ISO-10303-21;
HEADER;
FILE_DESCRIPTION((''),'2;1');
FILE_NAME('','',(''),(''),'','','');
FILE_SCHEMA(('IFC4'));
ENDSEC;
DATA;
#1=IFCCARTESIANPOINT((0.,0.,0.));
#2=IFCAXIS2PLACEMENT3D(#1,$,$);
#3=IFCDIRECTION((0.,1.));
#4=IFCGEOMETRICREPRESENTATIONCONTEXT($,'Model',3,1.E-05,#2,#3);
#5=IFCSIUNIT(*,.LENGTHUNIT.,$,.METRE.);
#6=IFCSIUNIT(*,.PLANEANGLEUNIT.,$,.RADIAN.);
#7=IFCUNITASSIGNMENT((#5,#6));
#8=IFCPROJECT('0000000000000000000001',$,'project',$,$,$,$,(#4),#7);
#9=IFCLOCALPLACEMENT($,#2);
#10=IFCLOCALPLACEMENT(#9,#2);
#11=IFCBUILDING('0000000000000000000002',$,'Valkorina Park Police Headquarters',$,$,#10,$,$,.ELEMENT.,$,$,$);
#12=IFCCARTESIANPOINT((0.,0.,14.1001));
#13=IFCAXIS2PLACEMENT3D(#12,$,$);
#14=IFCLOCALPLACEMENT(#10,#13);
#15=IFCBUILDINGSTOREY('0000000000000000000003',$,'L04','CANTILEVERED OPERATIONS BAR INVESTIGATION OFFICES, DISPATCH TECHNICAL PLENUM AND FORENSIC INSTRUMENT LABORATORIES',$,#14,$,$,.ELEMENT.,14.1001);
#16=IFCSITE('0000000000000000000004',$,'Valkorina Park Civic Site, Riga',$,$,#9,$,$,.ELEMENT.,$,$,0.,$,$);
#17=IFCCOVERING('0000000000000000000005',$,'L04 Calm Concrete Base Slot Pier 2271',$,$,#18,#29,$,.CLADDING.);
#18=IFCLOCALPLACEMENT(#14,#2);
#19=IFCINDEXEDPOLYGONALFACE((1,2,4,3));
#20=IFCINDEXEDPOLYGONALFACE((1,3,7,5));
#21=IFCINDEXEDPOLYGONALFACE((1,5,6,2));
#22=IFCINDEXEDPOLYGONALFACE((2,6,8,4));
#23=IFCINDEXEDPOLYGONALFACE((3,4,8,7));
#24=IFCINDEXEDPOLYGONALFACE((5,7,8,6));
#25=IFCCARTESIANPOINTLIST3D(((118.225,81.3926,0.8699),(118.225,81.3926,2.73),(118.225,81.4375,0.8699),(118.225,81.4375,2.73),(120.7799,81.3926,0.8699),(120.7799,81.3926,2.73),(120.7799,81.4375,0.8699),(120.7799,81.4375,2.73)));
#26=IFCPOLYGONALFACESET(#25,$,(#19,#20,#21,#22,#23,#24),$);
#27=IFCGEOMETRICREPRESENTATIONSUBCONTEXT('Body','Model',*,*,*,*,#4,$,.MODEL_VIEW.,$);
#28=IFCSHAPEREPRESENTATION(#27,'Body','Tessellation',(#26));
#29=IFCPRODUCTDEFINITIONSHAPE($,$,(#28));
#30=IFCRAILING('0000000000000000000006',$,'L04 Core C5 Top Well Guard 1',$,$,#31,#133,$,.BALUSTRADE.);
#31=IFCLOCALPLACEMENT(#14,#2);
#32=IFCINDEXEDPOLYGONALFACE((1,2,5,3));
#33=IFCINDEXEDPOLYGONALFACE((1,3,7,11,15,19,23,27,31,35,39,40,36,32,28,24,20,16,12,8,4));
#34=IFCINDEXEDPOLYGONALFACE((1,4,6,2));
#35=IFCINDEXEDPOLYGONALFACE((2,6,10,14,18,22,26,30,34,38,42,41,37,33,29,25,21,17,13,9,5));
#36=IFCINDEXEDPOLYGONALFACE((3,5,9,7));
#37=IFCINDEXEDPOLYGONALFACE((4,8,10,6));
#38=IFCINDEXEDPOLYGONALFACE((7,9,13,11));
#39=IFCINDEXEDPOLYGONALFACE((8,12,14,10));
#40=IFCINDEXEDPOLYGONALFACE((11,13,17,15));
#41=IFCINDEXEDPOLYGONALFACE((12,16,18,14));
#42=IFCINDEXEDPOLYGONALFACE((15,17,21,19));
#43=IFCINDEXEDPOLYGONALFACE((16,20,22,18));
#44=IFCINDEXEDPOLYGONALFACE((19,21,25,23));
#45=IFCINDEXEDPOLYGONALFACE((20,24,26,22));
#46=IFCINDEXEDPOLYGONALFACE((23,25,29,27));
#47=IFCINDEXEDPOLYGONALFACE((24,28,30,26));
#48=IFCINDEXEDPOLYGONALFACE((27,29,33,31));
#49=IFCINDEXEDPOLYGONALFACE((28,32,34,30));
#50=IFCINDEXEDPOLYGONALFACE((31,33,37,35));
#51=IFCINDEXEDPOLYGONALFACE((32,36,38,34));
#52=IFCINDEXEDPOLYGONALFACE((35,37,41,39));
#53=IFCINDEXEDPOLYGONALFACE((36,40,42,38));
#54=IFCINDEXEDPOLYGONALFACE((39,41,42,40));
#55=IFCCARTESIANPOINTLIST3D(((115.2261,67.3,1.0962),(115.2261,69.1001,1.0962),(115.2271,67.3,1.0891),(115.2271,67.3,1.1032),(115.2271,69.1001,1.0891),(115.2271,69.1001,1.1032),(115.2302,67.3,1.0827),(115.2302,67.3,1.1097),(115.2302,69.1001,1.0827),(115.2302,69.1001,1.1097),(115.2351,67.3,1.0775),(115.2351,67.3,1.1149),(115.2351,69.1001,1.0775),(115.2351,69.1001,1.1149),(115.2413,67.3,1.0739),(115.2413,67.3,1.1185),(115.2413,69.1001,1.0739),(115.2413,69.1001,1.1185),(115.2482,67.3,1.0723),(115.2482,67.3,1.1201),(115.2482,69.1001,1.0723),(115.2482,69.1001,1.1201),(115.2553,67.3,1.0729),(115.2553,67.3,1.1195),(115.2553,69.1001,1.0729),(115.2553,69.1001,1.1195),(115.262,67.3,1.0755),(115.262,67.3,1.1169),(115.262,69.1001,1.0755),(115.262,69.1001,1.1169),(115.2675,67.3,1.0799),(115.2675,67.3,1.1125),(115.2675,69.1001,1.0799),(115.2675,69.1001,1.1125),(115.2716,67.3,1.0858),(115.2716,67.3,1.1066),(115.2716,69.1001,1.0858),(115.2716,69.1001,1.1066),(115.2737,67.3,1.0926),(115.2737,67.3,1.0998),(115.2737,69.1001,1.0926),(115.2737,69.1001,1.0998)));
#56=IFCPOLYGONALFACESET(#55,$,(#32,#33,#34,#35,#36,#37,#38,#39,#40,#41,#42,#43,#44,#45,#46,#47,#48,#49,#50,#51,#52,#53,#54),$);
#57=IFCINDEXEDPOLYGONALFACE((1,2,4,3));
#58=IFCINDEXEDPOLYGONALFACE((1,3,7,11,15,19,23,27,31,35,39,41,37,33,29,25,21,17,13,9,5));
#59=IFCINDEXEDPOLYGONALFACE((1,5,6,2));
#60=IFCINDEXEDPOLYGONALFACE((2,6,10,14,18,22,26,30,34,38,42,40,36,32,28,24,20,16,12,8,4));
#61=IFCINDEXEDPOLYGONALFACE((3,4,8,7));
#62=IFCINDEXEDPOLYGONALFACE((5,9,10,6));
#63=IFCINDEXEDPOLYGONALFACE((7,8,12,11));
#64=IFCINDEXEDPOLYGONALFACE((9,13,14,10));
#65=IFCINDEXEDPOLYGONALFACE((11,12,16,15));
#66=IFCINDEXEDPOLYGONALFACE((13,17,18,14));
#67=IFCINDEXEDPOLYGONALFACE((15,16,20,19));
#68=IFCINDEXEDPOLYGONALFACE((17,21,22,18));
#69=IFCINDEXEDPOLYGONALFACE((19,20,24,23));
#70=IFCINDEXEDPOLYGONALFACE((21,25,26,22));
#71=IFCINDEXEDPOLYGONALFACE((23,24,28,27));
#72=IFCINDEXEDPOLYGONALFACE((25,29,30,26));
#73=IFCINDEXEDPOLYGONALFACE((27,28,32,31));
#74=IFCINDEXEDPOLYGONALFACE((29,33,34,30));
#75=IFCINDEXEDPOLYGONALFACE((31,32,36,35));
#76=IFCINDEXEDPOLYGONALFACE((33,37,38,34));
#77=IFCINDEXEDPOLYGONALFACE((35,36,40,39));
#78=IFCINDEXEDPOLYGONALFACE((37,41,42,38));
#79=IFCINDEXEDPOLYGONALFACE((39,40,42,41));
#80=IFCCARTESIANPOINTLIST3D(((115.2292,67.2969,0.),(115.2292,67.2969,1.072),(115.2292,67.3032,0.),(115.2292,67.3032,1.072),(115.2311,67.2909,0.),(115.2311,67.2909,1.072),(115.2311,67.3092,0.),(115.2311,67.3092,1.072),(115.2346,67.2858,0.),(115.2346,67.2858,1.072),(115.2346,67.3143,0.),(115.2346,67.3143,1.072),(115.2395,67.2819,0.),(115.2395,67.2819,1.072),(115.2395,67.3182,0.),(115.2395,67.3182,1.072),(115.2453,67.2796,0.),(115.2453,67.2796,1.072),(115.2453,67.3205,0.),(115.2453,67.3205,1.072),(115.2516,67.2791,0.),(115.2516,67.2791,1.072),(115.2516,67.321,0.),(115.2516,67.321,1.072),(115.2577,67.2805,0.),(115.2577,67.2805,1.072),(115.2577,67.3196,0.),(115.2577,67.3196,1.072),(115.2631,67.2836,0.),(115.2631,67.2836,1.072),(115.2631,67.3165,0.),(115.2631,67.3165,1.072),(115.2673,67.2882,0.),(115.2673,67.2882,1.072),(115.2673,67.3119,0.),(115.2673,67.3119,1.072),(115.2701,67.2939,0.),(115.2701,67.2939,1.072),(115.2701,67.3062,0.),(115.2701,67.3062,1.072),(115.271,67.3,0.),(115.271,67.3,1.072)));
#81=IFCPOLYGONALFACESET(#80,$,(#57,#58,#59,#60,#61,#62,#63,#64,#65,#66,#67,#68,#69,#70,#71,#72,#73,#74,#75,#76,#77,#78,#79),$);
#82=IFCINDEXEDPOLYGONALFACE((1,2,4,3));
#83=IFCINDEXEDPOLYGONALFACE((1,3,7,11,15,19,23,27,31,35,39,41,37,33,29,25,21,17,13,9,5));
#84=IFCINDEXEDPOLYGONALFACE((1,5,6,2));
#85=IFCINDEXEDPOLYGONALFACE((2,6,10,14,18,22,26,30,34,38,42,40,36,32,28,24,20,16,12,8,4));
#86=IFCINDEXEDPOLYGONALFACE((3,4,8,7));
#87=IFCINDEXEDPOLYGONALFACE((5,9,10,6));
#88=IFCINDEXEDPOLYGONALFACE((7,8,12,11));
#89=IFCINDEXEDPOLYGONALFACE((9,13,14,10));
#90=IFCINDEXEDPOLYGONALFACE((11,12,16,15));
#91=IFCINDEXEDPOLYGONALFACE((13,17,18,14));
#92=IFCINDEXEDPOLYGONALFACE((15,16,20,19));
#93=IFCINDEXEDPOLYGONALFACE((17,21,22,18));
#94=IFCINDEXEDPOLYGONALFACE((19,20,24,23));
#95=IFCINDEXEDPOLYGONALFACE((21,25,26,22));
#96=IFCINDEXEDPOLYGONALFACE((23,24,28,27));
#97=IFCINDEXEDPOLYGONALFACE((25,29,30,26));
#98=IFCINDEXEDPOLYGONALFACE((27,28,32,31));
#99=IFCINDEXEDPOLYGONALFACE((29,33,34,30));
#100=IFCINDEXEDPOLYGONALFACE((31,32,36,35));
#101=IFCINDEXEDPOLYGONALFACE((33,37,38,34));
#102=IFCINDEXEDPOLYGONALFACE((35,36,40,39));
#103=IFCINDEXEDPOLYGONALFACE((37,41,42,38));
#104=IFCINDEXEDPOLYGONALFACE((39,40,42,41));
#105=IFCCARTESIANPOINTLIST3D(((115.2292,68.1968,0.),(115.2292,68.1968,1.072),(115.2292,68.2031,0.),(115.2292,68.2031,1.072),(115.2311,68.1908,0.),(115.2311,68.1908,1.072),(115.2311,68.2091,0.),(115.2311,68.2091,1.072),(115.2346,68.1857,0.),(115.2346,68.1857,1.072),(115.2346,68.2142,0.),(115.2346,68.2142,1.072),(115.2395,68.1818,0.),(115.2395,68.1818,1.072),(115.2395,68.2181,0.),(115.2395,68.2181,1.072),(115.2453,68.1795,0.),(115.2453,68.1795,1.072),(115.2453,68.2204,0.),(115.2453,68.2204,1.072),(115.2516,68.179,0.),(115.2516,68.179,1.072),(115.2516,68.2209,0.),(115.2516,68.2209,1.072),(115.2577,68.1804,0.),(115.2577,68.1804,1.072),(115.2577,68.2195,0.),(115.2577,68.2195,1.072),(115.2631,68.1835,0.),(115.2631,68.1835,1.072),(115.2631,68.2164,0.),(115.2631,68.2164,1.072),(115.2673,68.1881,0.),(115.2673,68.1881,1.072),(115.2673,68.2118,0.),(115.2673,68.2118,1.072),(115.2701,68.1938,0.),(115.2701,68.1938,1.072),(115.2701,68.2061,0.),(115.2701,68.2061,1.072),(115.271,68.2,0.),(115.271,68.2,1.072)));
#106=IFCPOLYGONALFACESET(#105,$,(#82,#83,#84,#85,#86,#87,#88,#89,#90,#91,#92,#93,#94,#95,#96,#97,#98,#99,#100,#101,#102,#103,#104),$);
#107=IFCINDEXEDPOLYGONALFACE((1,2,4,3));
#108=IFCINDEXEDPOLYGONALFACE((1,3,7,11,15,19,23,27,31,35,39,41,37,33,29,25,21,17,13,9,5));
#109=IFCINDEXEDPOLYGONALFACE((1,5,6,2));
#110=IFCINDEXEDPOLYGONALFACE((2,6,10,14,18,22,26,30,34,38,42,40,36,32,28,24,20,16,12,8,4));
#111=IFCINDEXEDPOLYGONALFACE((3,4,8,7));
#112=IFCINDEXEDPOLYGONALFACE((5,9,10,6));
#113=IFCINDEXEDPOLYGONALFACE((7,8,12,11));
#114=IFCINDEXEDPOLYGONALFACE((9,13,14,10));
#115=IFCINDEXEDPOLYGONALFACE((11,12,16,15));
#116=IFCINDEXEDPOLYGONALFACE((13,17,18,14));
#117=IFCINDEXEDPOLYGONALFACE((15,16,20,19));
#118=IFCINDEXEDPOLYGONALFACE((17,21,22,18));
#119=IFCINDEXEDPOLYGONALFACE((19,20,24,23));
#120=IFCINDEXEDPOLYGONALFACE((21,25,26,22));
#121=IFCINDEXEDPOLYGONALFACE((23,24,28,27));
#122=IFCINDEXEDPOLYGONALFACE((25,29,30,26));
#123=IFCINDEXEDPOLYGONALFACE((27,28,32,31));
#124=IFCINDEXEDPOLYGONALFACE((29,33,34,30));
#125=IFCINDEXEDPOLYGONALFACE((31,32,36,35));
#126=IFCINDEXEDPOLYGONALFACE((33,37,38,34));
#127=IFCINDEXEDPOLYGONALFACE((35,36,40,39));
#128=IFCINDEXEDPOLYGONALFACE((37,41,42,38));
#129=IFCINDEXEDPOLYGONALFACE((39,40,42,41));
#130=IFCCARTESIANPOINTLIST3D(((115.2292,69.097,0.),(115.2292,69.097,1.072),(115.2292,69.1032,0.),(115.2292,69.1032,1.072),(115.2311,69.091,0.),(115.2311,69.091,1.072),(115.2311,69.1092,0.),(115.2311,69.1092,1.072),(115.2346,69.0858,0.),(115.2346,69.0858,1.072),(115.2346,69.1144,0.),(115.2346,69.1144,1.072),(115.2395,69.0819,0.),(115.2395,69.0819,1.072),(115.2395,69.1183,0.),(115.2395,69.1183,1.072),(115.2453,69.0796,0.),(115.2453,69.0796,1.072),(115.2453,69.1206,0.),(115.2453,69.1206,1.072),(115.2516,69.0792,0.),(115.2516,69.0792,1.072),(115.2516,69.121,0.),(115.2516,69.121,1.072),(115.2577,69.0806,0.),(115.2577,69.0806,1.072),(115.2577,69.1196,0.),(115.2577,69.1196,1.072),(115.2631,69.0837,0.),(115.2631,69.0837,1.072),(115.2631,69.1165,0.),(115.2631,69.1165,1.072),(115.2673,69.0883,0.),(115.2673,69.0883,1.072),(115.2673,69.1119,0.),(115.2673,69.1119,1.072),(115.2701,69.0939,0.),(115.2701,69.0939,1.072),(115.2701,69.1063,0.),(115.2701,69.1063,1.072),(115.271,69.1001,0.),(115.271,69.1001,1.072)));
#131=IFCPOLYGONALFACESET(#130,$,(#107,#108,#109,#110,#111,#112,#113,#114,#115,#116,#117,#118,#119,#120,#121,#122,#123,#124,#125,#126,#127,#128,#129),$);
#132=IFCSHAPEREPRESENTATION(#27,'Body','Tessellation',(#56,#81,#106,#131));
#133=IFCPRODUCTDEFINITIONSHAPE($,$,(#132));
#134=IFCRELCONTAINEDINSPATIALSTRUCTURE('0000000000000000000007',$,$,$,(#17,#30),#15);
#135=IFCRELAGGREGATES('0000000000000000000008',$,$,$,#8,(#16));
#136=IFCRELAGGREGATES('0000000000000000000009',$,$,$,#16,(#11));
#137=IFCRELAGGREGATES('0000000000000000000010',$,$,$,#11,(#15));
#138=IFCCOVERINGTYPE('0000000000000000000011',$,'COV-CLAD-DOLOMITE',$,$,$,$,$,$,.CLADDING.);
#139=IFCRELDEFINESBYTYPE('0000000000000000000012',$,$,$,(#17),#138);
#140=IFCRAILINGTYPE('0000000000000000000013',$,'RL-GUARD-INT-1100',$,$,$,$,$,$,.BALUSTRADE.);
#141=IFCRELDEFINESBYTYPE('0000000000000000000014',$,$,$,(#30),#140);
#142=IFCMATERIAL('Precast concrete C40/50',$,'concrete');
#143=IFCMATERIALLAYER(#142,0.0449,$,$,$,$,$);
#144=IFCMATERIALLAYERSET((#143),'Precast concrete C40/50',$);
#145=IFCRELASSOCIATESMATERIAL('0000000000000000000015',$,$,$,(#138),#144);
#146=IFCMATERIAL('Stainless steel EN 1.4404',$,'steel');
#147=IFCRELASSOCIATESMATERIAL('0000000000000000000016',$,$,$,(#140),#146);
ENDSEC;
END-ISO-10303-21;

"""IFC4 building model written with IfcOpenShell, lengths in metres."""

from ifc_helpers import new_model, si_unit, direction, frame, frame_2d, origin, origin_2d, place, context, subcontext, project, spatial, rectangle, circle, extrude, material, layer, layer_set, type_object, element, save


model = new_model("IFC4")

# Units and contexts
model_context = context("Model", 3, precision=1e-05, world=origin(), true_north=direction((0.0, 1.0)))
body_context = subcontext(model_context, "Body", "Model", "MODEL_VIEW")
ifc_project = project(units=[si_unit("LENGTHUNIT", "METRE"), si_unit("PLANEANGLEUNIT", "RADIAN")], contexts=[model_context])

# Site, building, storey
site_placement = place(None, origin())
site = spatial("IfcSite", under=ifc_project, at=site_placement, Name="Valkorina Park Civic Site, Riga", CompositionType="ELEMENT", RefElevation=0.0)
building_placement = place(site_placement, origin())
building = spatial("IfcBuilding", under=site, at=building_placement, Name="Valkorina Park Police Headquarters", CompositionType="ELEMENT")
storey_placement = place(building_placement, frame((0.0, 0.0, 14.1001)))
storey = spatial("IfcBuildingStorey", under=building, at=storey_placement, Name="L04", Description="CANTILEVERED OPERATIONS BAR INVESTIGATION OFFICES, DISPATCH TECHNICAL PLENUM AND FORENSIC INSTRUMENT LABORATORIES", CompositionType="ELEMENT", Elevation=14.1001)

# Covering
ifc_material_1 = material(Name="Precast concrete C40/50", Category="concrete")
ifc_layer_1 = layer(ifc_material_1, 0.0449)
ifc_layer_set_1 = layer_set([ifc_layer_1], Name="Precast concrete C40/50")
covering_type = type_object("IfcCoveringType", Name="COV-CLAD-DOLOMITE", PredefinedType="CLADDING", material=ifc_layer_set_1)
for number, where, z_axis, x_axis, name in (
    (1, (118.2251, 81.415, 0.8699), (0.0, 0.0, 1.0), (1.0, 0.0, 0.0), "L04 Calm Concrete Base Slot Pier 2271"),
):
    element("IfcCovering", number, at=place(storey_placement, frame(where, z_axis=z_axis, x_axis=x_axis)), inside=storey, type_object=covering_type, Name=name, PredefinedType="CLADDING", context=body_context, shape_type="SweptSolid", body=[
        extrude(rectangle(XDim=2.5549, YDim=0.0449, at=frame_2d((1.2773, 0.0))), origin(), (0.0, 0.0, 1.0), 1.8601),
    ])

# Railing
ifc_material_2 = material(Name="Stainless steel EN 1.4404", Category="steel")
railing_type = type_object("IfcRailingType", Name="RL-GUARD-INT-1100", PredefinedType="BALUSTRADE", material=ifc_material_2)
railing_placement = place(storey_placement, frame((115.25, 67.3, 0.0)))
element("IfcRailing", 2, at=railing_placement, inside=storey, type_object=railing_type, Name="L04 Core C5 Top Well Guard 1", PredefinedType="BALUSTRADE", context=body_context, shape_type="SweptSolid", body=[
    extrude(circle(Radius=0.0239, at=origin_2d()), frame((0.0, 0.0, 1.0962), z_axis=(0.0, 1.0, 0.0), x_axis=(-1.0, 0.0, 0.0)), (0.0, 0.0, 1.0), 1.8),
    extrude(circle(Radius=0.021, at=origin_2d()), origin(), (0.0, 0.0, 1.0), 1.072),
    extrude(circle(Radius=0.021, at=origin_2d()), frame((0.0, 0.8999, 0.0)), (0.0, 0.0, 1.0), 1.072),
    extrude(circle(Radius=0.021, at=origin_2d()), frame((0.0, 1.8, 0.0)), (0.0, 0.0, 1.0), 1.072),
])

save(model, "model.ifc")
